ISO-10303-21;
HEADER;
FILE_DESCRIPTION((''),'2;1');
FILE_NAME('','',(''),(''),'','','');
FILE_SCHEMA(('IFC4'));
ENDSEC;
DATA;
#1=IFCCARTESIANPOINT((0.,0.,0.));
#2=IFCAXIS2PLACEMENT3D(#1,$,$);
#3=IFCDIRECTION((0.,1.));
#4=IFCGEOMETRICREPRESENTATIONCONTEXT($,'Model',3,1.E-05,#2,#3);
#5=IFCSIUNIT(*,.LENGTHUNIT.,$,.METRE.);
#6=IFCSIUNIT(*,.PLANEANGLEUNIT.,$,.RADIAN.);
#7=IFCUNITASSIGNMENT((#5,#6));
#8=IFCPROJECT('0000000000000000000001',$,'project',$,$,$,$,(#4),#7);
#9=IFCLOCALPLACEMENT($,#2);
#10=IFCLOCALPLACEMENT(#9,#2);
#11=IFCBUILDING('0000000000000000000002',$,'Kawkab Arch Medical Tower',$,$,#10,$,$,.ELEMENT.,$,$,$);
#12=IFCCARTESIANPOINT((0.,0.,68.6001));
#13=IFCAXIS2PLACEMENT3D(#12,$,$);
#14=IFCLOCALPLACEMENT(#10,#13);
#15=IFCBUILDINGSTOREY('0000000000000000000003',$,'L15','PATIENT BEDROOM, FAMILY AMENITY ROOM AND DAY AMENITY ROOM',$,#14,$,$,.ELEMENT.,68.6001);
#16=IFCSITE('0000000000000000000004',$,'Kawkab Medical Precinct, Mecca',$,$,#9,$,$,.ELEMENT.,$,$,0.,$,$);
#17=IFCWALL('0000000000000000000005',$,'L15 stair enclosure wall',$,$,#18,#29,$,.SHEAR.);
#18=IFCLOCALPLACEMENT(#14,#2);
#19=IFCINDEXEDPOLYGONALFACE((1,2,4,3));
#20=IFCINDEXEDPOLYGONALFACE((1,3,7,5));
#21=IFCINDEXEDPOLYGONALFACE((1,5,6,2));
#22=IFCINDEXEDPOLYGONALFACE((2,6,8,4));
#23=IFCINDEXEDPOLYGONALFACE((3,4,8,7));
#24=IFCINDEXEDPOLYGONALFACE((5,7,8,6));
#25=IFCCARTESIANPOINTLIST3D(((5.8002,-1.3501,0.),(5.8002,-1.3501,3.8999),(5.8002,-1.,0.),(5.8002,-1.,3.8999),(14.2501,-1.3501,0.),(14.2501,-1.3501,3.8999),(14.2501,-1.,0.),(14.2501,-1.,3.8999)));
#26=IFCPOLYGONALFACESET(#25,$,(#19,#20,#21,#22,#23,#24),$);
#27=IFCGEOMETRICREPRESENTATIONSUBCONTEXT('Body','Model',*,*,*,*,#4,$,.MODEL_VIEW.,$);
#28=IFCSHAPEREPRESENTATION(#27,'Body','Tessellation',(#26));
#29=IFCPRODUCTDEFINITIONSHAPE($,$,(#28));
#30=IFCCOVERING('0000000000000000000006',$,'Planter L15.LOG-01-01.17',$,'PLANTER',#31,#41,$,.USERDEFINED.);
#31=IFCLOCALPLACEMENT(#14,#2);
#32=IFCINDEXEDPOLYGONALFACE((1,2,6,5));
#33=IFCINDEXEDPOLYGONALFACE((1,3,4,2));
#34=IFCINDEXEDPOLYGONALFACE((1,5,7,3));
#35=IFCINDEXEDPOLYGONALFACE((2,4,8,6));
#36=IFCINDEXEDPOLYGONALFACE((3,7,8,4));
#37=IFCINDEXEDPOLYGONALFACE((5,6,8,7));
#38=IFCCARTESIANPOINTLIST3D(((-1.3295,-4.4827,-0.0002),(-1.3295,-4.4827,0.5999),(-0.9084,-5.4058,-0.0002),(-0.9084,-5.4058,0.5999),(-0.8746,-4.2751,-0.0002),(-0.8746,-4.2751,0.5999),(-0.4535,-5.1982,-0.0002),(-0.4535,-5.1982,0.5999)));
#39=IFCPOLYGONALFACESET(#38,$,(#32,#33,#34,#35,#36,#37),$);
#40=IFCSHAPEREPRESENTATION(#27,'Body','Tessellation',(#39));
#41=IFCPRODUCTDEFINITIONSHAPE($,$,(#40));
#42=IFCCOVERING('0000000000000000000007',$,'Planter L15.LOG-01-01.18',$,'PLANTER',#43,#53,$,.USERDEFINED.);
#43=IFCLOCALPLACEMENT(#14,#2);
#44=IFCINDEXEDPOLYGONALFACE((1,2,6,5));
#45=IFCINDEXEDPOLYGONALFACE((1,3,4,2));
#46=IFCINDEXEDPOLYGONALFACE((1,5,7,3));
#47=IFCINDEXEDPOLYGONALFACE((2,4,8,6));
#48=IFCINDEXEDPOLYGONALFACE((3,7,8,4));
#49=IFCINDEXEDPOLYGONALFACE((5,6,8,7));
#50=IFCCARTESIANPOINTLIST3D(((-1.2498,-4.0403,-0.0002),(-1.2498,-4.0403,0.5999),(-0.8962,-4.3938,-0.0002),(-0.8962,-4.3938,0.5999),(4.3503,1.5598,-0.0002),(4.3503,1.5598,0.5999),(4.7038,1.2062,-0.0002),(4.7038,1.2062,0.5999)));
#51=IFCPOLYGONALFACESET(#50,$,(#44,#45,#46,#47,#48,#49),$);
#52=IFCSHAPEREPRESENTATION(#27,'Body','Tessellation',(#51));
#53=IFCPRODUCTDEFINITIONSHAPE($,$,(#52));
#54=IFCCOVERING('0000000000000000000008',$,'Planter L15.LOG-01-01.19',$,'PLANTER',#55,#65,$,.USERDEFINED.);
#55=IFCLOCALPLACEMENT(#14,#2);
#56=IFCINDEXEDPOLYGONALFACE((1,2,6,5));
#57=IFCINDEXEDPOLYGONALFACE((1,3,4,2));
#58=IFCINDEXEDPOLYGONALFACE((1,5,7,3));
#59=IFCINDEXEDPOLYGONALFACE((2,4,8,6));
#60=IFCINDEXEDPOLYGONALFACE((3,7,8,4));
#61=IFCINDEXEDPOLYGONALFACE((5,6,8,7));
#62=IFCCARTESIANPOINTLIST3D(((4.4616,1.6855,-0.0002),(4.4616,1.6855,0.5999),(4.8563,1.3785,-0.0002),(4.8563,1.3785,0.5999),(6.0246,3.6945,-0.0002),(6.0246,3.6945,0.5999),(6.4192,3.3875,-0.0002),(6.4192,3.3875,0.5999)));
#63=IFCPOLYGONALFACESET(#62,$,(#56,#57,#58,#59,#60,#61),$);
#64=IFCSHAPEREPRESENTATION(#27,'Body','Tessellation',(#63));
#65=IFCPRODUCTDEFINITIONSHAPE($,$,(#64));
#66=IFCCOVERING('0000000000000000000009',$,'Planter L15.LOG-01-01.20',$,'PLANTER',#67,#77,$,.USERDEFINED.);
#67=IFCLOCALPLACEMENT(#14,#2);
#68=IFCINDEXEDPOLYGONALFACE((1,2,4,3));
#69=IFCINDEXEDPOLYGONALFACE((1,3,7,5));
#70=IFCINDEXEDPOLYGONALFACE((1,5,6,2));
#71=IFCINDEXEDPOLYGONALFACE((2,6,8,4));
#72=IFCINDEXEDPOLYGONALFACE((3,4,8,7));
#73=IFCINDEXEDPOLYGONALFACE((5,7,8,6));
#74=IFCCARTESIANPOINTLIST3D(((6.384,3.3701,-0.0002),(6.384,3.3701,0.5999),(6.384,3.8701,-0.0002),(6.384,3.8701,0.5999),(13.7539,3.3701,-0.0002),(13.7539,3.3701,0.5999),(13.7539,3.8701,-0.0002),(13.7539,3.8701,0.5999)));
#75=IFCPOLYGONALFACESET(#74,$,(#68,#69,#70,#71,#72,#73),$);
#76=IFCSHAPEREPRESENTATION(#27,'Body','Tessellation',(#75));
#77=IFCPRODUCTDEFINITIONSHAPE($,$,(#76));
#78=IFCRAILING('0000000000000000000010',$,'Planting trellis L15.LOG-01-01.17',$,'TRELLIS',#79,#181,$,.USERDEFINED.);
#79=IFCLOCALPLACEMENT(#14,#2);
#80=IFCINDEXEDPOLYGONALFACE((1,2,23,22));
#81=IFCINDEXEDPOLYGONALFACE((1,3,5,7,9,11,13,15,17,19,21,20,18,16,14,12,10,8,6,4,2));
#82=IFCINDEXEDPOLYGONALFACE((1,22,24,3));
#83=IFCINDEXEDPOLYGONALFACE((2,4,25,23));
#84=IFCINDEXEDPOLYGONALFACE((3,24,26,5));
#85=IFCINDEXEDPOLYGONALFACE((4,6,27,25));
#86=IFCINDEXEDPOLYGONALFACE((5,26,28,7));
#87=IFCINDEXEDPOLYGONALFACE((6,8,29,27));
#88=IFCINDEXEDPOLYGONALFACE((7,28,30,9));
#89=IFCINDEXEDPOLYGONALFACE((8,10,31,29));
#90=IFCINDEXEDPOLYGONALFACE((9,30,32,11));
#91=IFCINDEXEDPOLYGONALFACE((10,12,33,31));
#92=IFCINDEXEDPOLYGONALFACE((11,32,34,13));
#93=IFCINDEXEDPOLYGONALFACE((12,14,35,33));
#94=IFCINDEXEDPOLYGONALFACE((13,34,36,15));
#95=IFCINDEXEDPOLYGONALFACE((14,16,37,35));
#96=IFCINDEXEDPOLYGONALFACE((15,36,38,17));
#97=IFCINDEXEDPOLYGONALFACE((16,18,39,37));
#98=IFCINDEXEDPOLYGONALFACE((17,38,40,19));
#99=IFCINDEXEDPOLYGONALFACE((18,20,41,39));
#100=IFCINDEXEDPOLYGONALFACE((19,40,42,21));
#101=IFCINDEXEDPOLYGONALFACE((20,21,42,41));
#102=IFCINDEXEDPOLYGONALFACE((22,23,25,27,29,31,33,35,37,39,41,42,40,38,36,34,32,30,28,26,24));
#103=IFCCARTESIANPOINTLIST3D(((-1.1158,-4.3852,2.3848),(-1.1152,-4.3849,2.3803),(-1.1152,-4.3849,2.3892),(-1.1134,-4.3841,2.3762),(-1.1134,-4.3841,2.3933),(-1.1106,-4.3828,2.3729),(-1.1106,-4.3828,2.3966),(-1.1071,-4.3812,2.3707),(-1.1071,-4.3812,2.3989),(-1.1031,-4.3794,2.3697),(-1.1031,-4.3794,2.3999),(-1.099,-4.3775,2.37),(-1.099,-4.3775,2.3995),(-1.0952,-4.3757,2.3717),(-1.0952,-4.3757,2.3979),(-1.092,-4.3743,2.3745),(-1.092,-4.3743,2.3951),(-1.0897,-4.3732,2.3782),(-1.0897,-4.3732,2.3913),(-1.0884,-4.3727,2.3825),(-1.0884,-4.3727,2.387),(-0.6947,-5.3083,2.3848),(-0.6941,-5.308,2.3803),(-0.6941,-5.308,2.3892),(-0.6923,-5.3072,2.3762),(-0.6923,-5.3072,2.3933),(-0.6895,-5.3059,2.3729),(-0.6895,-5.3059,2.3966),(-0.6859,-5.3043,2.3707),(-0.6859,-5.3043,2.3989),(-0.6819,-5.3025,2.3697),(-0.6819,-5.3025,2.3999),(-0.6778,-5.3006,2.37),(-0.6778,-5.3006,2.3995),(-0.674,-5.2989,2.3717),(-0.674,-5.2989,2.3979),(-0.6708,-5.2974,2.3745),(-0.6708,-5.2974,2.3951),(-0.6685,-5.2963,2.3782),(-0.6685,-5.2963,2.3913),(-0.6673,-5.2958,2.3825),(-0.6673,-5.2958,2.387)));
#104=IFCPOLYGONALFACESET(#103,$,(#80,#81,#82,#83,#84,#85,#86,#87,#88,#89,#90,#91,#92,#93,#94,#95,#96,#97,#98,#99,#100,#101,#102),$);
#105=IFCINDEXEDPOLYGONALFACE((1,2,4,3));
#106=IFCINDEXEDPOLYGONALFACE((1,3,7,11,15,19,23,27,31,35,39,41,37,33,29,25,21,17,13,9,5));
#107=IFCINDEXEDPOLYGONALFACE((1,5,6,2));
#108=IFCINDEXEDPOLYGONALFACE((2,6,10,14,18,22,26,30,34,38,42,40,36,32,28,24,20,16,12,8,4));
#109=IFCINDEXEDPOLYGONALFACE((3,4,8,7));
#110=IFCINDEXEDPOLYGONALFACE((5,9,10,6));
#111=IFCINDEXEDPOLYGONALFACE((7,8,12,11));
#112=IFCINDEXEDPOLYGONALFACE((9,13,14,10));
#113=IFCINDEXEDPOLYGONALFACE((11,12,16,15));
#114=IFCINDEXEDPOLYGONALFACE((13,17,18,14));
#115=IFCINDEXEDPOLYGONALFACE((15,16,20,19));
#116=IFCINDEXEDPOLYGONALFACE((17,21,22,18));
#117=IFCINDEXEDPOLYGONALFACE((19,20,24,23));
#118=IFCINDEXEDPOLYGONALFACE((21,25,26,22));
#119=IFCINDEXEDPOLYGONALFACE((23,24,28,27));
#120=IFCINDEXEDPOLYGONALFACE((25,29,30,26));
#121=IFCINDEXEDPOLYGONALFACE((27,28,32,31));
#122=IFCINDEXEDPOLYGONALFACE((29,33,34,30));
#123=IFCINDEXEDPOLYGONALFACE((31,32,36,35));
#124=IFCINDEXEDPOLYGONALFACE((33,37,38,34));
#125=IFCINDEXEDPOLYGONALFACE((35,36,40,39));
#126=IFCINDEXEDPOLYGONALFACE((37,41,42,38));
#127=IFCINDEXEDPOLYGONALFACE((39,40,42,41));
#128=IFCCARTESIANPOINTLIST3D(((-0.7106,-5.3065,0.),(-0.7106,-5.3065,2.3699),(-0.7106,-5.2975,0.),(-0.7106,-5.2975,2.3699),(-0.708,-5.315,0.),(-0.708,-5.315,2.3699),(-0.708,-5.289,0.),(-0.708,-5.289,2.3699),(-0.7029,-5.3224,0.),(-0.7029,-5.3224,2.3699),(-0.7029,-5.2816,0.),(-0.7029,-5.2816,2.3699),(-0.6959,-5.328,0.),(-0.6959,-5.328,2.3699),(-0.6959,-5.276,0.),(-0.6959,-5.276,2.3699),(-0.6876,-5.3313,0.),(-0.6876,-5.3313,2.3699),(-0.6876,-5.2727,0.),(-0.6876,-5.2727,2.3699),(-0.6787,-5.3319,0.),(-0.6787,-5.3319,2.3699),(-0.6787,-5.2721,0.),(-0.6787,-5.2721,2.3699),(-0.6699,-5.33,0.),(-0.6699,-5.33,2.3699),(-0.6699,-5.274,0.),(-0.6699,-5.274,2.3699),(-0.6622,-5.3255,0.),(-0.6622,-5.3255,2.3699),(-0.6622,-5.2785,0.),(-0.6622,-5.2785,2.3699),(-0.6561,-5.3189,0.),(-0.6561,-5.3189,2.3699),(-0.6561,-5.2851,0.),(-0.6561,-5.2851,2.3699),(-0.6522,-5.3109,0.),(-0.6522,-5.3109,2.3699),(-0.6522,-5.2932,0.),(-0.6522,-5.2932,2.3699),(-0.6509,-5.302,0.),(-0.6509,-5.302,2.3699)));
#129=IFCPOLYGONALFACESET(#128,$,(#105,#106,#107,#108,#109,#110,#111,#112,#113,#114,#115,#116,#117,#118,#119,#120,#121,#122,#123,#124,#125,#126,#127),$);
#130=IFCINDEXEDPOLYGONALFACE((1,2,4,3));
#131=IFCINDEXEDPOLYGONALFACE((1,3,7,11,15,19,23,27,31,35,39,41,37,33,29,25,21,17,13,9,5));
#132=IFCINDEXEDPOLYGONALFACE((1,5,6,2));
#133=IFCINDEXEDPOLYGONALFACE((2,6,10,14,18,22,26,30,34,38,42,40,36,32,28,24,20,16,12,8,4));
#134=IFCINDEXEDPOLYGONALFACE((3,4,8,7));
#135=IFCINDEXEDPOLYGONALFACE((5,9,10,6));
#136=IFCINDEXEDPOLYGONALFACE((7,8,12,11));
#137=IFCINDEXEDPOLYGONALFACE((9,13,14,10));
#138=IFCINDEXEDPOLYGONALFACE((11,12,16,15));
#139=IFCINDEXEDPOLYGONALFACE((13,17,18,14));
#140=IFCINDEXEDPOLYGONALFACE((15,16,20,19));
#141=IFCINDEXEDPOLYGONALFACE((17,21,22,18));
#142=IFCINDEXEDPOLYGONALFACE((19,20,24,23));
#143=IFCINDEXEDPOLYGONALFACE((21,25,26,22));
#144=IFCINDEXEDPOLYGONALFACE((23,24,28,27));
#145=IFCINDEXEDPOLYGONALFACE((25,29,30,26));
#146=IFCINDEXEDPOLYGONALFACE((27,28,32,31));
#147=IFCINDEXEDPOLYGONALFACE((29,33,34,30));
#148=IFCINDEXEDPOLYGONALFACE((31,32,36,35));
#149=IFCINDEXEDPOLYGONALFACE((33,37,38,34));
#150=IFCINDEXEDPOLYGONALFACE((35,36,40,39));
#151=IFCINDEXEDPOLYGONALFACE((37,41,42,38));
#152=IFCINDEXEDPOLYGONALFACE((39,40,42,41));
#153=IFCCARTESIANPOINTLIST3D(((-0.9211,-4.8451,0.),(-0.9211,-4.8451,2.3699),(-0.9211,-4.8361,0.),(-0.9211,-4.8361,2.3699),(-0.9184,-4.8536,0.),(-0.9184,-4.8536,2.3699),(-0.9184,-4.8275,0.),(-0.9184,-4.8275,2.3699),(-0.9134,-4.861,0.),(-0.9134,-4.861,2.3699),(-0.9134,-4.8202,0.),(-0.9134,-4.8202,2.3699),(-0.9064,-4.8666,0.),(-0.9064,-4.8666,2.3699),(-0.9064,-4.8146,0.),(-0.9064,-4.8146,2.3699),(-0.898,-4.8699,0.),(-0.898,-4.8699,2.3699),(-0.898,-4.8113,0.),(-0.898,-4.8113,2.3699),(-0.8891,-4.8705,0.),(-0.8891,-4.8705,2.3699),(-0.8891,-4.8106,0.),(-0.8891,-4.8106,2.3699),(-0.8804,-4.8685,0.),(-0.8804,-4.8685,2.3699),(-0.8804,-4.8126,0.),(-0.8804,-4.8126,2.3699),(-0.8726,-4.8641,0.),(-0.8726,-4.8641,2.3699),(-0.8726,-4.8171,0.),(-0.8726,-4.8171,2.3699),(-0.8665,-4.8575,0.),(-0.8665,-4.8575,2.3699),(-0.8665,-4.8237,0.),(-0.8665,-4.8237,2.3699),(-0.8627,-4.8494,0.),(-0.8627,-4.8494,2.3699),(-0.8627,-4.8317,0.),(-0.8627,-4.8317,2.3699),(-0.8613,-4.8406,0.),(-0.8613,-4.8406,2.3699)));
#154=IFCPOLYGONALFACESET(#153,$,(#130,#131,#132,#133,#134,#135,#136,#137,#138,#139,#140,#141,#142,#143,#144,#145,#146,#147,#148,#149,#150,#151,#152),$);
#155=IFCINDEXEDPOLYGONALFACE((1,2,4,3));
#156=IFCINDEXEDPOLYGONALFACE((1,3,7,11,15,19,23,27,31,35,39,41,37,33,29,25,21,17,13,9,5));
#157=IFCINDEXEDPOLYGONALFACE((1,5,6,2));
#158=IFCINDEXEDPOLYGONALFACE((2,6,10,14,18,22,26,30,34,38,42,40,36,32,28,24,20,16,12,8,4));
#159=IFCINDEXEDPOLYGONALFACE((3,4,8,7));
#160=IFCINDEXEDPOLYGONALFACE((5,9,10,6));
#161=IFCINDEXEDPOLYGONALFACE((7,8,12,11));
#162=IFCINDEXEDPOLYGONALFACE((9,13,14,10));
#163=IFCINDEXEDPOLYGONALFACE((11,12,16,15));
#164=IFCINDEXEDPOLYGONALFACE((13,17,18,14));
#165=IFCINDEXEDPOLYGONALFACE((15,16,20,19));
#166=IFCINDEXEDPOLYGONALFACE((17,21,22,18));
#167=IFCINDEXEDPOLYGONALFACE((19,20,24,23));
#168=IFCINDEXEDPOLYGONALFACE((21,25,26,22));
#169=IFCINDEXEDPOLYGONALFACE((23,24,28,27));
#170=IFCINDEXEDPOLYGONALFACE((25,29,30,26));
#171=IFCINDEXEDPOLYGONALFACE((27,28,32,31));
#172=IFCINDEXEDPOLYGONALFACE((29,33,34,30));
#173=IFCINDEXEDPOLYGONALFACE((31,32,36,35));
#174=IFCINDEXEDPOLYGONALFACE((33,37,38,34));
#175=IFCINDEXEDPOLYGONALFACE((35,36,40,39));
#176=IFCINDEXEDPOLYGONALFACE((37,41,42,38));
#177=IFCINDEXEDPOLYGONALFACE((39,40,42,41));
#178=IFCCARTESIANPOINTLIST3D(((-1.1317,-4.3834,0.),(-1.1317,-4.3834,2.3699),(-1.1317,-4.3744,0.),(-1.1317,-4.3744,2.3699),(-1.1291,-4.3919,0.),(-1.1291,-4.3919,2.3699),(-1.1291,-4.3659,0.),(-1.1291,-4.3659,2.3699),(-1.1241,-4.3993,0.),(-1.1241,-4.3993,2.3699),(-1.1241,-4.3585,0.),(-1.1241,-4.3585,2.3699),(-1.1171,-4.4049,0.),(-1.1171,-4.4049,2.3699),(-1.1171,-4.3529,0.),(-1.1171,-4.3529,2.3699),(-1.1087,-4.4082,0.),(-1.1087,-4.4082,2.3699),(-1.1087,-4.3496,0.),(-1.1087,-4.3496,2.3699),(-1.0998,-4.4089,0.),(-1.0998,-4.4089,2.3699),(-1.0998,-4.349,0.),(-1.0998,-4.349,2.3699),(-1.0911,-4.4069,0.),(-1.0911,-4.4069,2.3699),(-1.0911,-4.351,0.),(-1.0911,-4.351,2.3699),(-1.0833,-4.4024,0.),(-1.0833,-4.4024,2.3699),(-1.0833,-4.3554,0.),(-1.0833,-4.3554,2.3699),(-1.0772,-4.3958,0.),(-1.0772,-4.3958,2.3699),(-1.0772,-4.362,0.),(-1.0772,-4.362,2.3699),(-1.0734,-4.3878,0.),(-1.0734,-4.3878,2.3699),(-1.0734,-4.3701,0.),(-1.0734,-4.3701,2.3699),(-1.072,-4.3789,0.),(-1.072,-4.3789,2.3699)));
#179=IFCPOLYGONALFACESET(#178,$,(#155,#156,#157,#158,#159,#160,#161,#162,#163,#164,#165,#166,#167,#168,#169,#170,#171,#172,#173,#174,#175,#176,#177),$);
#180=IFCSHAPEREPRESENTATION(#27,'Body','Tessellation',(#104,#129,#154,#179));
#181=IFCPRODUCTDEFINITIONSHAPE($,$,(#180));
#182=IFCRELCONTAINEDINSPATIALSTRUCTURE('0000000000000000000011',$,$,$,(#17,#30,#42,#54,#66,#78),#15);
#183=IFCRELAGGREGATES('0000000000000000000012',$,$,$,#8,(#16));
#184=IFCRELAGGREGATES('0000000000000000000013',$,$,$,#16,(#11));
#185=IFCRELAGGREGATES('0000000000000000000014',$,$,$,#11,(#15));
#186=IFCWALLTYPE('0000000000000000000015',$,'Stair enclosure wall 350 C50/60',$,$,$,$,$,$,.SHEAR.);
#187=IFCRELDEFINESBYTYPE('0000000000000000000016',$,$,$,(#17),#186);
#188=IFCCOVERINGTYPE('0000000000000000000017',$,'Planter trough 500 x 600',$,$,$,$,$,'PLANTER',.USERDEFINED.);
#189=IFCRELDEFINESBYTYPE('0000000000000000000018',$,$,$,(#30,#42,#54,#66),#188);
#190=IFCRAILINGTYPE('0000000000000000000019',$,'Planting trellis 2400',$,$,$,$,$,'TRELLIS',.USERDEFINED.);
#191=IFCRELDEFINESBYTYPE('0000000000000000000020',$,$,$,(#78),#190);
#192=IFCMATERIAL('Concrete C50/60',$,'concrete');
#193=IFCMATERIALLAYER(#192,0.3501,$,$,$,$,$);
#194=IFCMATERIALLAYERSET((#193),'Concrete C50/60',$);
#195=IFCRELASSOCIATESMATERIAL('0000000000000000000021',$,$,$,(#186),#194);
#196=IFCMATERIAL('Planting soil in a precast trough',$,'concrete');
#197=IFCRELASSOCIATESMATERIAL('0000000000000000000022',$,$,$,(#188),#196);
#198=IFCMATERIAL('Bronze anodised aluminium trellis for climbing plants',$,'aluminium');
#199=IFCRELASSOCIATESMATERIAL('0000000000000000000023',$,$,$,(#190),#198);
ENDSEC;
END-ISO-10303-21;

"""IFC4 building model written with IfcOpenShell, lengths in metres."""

from ifc_helpers import new_model, si_unit, direction, frame, frame_2d, origin, origin_2d, place, context, subcontext, project, spatial, rectangle, circle, extrude, material, layer, layer_set, material_profile, profile_set, type_object, element, save


model = new_model("IFC4")

# Units and contexts
model_context = context("Model", 3, precision=1e-05, world=origin(), true_north=direction((0.0, 1.0)))
body_context = subcontext(model_context, "Body", "Model", "MODEL_VIEW")
ifc_project = project(units=[si_unit("LENGTHUNIT", "METRE"), si_unit("PLANEANGLEUNIT", "RADIAN")], contexts=[model_context])

# Site, building, storey
site_placement = place(None, origin())
site = spatial("IfcSite", under=ifc_project, at=site_placement, Name="Kawkab Medical Precinct, Mecca", CompositionType="ELEMENT", RefElevation=0.0)
building_placement = place(site_placement, origin())
building = spatial("IfcBuilding", under=site, at=building_placement, Name="Kawkab Arch Medical Tower", CompositionType="ELEMENT")
storey_placement = place(building_placement, frame((0.0, 0.0, 68.6001)))
storey = spatial("IfcBuildingStorey", under=building, at=storey_placement, Name="L15", Description="PATIENT BEDROOM, FAMILY AMENITY ROOM AND DAY AMENITY ROOM", CompositionType="ELEMENT", Elevation=68.6001)

# Wall
ifc_material_1 = material(Name="Concrete C50/60", Category="concrete")
ifc_layer_1 = layer(ifc_material_1, 0.3501)
ifc_layer_set_1 = layer_set([ifc_layer_1], Name="Concrete C50/60")
wall_type_1 = type_object("IfcWallType", Name="Stair enclosure wall 350 C50/60", PredefinedType="SHEAR", material=ifc_layer_set_1)
wall_1_placement = place(storey_placement, frame((5.8, -1.175, 0.0), z_axis=(0.0, 0.0, 1.0), x_axis=(1.0, 0.0, 0.0)))
element("IfcWall", 1, at=wall_1_placement, inside=storey, type_object=wall_type_1, Name="L15 stair enclosure wall", PredefinedType="SHEAR", context=body_context, shape_type="SweptSolid", body=[
    extrude(rectangle(XDim=8.45, YDim=0.3501, at=frame_2d((4.2251, 0.0))), origin(), (0.0, 0.0, 1.0), 3.8999),
])

# Coverings
ifc_material_2 = material(Name="Planting soil in a precast trough", Category="concrete")
ifc_material_profile_1 = material_profile(ifc_material_2, rectangle(XDim=0.5, YDim=0.6001, at=origin_2d()), Name="Trough 500x600")
ifc_profile_set_1 = profile_set([ifc_material_profile_1], Name="Planting soil in a precast trough")
covering_type = type_object("IfcCoveringType", Name="Planter trough 500 x 600", ElementType="PLANTER", PredefinedType="USERDEFINED", material=ifc_profile_set_1)
covering_1_placement = place(storey_placement, frame((-0.6809, -5.302, 0.2998), z_axis=(-0.415072, 0.909789, 0.0), x_axis=(-0.909789, -0.415072, 0.0)))
element("IfcCovering", 2, at=covering_1_placement, inside=storey, type_object=covering_type, Name="Planter L15.LOG-01-01.17", ObjectType="PLANTER", PredefinedType="USERDEFINED", context=body_context, shape_type="SweptSolid", body=[
    extrude(rectangle(XDim=0.5, YDim=0.6001, at=origin_2d()), origin(), (0.0, 0.0, 1.0), 1.0146),
])
covering_2_placement = place(storey_placement, frame((-1.073, -4.217, 0.2998), z_axis=(0.707107, 0.707107, 0.0), x_axis=(-0.707107, 0.707107, 0.0)))
element("IfcCovering", 3, at=covering_2_placement, inside=storey, type_object=covering_type, Name="Planter L15.LOG-01-01.18", ObjectType="PLANTER", PredefinedType="USERDEFINED", context=body_context, shape_type="SweptSolid", body=[
    extrude(rectangle(XDim=0.5, YDim=0.6001, at=origin_2d()), origin(), (0.0, 0.0, 1.0), 7.9197),
])
covering_3_placement = place(storey_placement, frame((4.6589, 1.532, 0.2998), z_axis=(0.61404, 0.789275, 0.0), x_axis=(-0.789275, 0.61404, 0.0)))
element("IfcCovering", 4, at=covering_3_placement, inside=storey, type_object=covering_type, Name="Planter L15.LOG-01-01.19", ObjectType="PLANTER", PredefinedType="USERDEFINED", context=body_context, shape_type="SweptSolid", body=[
    extrude(rectangle(XDim=0.5, YDim=0.6001, at=origin_2d()), origin(), (0.0, 0.0, 1.0), 2.5454),
])
covering_4_placement = place(storey_placement, frame((6.384, 3.6201, 0.2998), z_axis=(1.0, 0.0, 0.0), x_axis=(0.0, 1.0, 0.0)))
element("IfcCovering", 5, at=covering_4_placement, inside=storey, type_object=covering_type, Name="Planter L15.LOG-01-01.20", ObjectType="PLANTER", PredefinedType="USERDEFINED", context=body_context, shape_type="SweptSolid", body=[
    extrude(rectangle(XDim=0.5, YDim=0.6001, at=origin_2d()), origin(), (0.0, 0.0, 1.0), 7.3699),
])

# Railing
ifc_material_3 = material(Name="Bronze anodised aluminium trellis for climbing plants", Category="aluminium")
railing_type = type_object("IfcRailingType", Name="Planting trellis 2400", ElementType="TRELLIS", PredefinedType="USERDEFINED", material=ifc_material_3)
railing_1_placement = place(storey_placement, frame((-0.6809, -5.302, 0.0)))
element("IfcRailing", 6, at=railing_1_placement, inside=storey, type_object=railing_type, Name="Planting trellis L15.LOG-01-01.17", ObjectType="TRELLIS", PredefinedType="USERDEFINED", context=body_context, shape_type="SweptSolid", body=[
    extrude(circle(Radius=0.0151, at=origin_2d()), frame((0.0, 0.0, 2.3848), z_axis=(-0.415072, 0.909789, 0.0), x_axis=(-0.909789, -0.415072, 0.0)), (0.0, 0.0, 1.0), 1.0146),
    extrude(circle(Radius=0.03, at=origin_2d()), origin(), (0.0, 0.0, 1.0), 2.3699),
    extrude(circle(Radius=0.03, at=origin_2d()), frame((-0.2104, 0.4614, 0.0)), (0.0, 0.0, 1.0), 2.3699),
    extrude(circle(Radius=0.03, at=origin_2d()), frame((-0.4211, 0.9231, 0.0)), (0.0, 0.0, 1.0), 2.3699),
])

save(model, "model.ifc")
